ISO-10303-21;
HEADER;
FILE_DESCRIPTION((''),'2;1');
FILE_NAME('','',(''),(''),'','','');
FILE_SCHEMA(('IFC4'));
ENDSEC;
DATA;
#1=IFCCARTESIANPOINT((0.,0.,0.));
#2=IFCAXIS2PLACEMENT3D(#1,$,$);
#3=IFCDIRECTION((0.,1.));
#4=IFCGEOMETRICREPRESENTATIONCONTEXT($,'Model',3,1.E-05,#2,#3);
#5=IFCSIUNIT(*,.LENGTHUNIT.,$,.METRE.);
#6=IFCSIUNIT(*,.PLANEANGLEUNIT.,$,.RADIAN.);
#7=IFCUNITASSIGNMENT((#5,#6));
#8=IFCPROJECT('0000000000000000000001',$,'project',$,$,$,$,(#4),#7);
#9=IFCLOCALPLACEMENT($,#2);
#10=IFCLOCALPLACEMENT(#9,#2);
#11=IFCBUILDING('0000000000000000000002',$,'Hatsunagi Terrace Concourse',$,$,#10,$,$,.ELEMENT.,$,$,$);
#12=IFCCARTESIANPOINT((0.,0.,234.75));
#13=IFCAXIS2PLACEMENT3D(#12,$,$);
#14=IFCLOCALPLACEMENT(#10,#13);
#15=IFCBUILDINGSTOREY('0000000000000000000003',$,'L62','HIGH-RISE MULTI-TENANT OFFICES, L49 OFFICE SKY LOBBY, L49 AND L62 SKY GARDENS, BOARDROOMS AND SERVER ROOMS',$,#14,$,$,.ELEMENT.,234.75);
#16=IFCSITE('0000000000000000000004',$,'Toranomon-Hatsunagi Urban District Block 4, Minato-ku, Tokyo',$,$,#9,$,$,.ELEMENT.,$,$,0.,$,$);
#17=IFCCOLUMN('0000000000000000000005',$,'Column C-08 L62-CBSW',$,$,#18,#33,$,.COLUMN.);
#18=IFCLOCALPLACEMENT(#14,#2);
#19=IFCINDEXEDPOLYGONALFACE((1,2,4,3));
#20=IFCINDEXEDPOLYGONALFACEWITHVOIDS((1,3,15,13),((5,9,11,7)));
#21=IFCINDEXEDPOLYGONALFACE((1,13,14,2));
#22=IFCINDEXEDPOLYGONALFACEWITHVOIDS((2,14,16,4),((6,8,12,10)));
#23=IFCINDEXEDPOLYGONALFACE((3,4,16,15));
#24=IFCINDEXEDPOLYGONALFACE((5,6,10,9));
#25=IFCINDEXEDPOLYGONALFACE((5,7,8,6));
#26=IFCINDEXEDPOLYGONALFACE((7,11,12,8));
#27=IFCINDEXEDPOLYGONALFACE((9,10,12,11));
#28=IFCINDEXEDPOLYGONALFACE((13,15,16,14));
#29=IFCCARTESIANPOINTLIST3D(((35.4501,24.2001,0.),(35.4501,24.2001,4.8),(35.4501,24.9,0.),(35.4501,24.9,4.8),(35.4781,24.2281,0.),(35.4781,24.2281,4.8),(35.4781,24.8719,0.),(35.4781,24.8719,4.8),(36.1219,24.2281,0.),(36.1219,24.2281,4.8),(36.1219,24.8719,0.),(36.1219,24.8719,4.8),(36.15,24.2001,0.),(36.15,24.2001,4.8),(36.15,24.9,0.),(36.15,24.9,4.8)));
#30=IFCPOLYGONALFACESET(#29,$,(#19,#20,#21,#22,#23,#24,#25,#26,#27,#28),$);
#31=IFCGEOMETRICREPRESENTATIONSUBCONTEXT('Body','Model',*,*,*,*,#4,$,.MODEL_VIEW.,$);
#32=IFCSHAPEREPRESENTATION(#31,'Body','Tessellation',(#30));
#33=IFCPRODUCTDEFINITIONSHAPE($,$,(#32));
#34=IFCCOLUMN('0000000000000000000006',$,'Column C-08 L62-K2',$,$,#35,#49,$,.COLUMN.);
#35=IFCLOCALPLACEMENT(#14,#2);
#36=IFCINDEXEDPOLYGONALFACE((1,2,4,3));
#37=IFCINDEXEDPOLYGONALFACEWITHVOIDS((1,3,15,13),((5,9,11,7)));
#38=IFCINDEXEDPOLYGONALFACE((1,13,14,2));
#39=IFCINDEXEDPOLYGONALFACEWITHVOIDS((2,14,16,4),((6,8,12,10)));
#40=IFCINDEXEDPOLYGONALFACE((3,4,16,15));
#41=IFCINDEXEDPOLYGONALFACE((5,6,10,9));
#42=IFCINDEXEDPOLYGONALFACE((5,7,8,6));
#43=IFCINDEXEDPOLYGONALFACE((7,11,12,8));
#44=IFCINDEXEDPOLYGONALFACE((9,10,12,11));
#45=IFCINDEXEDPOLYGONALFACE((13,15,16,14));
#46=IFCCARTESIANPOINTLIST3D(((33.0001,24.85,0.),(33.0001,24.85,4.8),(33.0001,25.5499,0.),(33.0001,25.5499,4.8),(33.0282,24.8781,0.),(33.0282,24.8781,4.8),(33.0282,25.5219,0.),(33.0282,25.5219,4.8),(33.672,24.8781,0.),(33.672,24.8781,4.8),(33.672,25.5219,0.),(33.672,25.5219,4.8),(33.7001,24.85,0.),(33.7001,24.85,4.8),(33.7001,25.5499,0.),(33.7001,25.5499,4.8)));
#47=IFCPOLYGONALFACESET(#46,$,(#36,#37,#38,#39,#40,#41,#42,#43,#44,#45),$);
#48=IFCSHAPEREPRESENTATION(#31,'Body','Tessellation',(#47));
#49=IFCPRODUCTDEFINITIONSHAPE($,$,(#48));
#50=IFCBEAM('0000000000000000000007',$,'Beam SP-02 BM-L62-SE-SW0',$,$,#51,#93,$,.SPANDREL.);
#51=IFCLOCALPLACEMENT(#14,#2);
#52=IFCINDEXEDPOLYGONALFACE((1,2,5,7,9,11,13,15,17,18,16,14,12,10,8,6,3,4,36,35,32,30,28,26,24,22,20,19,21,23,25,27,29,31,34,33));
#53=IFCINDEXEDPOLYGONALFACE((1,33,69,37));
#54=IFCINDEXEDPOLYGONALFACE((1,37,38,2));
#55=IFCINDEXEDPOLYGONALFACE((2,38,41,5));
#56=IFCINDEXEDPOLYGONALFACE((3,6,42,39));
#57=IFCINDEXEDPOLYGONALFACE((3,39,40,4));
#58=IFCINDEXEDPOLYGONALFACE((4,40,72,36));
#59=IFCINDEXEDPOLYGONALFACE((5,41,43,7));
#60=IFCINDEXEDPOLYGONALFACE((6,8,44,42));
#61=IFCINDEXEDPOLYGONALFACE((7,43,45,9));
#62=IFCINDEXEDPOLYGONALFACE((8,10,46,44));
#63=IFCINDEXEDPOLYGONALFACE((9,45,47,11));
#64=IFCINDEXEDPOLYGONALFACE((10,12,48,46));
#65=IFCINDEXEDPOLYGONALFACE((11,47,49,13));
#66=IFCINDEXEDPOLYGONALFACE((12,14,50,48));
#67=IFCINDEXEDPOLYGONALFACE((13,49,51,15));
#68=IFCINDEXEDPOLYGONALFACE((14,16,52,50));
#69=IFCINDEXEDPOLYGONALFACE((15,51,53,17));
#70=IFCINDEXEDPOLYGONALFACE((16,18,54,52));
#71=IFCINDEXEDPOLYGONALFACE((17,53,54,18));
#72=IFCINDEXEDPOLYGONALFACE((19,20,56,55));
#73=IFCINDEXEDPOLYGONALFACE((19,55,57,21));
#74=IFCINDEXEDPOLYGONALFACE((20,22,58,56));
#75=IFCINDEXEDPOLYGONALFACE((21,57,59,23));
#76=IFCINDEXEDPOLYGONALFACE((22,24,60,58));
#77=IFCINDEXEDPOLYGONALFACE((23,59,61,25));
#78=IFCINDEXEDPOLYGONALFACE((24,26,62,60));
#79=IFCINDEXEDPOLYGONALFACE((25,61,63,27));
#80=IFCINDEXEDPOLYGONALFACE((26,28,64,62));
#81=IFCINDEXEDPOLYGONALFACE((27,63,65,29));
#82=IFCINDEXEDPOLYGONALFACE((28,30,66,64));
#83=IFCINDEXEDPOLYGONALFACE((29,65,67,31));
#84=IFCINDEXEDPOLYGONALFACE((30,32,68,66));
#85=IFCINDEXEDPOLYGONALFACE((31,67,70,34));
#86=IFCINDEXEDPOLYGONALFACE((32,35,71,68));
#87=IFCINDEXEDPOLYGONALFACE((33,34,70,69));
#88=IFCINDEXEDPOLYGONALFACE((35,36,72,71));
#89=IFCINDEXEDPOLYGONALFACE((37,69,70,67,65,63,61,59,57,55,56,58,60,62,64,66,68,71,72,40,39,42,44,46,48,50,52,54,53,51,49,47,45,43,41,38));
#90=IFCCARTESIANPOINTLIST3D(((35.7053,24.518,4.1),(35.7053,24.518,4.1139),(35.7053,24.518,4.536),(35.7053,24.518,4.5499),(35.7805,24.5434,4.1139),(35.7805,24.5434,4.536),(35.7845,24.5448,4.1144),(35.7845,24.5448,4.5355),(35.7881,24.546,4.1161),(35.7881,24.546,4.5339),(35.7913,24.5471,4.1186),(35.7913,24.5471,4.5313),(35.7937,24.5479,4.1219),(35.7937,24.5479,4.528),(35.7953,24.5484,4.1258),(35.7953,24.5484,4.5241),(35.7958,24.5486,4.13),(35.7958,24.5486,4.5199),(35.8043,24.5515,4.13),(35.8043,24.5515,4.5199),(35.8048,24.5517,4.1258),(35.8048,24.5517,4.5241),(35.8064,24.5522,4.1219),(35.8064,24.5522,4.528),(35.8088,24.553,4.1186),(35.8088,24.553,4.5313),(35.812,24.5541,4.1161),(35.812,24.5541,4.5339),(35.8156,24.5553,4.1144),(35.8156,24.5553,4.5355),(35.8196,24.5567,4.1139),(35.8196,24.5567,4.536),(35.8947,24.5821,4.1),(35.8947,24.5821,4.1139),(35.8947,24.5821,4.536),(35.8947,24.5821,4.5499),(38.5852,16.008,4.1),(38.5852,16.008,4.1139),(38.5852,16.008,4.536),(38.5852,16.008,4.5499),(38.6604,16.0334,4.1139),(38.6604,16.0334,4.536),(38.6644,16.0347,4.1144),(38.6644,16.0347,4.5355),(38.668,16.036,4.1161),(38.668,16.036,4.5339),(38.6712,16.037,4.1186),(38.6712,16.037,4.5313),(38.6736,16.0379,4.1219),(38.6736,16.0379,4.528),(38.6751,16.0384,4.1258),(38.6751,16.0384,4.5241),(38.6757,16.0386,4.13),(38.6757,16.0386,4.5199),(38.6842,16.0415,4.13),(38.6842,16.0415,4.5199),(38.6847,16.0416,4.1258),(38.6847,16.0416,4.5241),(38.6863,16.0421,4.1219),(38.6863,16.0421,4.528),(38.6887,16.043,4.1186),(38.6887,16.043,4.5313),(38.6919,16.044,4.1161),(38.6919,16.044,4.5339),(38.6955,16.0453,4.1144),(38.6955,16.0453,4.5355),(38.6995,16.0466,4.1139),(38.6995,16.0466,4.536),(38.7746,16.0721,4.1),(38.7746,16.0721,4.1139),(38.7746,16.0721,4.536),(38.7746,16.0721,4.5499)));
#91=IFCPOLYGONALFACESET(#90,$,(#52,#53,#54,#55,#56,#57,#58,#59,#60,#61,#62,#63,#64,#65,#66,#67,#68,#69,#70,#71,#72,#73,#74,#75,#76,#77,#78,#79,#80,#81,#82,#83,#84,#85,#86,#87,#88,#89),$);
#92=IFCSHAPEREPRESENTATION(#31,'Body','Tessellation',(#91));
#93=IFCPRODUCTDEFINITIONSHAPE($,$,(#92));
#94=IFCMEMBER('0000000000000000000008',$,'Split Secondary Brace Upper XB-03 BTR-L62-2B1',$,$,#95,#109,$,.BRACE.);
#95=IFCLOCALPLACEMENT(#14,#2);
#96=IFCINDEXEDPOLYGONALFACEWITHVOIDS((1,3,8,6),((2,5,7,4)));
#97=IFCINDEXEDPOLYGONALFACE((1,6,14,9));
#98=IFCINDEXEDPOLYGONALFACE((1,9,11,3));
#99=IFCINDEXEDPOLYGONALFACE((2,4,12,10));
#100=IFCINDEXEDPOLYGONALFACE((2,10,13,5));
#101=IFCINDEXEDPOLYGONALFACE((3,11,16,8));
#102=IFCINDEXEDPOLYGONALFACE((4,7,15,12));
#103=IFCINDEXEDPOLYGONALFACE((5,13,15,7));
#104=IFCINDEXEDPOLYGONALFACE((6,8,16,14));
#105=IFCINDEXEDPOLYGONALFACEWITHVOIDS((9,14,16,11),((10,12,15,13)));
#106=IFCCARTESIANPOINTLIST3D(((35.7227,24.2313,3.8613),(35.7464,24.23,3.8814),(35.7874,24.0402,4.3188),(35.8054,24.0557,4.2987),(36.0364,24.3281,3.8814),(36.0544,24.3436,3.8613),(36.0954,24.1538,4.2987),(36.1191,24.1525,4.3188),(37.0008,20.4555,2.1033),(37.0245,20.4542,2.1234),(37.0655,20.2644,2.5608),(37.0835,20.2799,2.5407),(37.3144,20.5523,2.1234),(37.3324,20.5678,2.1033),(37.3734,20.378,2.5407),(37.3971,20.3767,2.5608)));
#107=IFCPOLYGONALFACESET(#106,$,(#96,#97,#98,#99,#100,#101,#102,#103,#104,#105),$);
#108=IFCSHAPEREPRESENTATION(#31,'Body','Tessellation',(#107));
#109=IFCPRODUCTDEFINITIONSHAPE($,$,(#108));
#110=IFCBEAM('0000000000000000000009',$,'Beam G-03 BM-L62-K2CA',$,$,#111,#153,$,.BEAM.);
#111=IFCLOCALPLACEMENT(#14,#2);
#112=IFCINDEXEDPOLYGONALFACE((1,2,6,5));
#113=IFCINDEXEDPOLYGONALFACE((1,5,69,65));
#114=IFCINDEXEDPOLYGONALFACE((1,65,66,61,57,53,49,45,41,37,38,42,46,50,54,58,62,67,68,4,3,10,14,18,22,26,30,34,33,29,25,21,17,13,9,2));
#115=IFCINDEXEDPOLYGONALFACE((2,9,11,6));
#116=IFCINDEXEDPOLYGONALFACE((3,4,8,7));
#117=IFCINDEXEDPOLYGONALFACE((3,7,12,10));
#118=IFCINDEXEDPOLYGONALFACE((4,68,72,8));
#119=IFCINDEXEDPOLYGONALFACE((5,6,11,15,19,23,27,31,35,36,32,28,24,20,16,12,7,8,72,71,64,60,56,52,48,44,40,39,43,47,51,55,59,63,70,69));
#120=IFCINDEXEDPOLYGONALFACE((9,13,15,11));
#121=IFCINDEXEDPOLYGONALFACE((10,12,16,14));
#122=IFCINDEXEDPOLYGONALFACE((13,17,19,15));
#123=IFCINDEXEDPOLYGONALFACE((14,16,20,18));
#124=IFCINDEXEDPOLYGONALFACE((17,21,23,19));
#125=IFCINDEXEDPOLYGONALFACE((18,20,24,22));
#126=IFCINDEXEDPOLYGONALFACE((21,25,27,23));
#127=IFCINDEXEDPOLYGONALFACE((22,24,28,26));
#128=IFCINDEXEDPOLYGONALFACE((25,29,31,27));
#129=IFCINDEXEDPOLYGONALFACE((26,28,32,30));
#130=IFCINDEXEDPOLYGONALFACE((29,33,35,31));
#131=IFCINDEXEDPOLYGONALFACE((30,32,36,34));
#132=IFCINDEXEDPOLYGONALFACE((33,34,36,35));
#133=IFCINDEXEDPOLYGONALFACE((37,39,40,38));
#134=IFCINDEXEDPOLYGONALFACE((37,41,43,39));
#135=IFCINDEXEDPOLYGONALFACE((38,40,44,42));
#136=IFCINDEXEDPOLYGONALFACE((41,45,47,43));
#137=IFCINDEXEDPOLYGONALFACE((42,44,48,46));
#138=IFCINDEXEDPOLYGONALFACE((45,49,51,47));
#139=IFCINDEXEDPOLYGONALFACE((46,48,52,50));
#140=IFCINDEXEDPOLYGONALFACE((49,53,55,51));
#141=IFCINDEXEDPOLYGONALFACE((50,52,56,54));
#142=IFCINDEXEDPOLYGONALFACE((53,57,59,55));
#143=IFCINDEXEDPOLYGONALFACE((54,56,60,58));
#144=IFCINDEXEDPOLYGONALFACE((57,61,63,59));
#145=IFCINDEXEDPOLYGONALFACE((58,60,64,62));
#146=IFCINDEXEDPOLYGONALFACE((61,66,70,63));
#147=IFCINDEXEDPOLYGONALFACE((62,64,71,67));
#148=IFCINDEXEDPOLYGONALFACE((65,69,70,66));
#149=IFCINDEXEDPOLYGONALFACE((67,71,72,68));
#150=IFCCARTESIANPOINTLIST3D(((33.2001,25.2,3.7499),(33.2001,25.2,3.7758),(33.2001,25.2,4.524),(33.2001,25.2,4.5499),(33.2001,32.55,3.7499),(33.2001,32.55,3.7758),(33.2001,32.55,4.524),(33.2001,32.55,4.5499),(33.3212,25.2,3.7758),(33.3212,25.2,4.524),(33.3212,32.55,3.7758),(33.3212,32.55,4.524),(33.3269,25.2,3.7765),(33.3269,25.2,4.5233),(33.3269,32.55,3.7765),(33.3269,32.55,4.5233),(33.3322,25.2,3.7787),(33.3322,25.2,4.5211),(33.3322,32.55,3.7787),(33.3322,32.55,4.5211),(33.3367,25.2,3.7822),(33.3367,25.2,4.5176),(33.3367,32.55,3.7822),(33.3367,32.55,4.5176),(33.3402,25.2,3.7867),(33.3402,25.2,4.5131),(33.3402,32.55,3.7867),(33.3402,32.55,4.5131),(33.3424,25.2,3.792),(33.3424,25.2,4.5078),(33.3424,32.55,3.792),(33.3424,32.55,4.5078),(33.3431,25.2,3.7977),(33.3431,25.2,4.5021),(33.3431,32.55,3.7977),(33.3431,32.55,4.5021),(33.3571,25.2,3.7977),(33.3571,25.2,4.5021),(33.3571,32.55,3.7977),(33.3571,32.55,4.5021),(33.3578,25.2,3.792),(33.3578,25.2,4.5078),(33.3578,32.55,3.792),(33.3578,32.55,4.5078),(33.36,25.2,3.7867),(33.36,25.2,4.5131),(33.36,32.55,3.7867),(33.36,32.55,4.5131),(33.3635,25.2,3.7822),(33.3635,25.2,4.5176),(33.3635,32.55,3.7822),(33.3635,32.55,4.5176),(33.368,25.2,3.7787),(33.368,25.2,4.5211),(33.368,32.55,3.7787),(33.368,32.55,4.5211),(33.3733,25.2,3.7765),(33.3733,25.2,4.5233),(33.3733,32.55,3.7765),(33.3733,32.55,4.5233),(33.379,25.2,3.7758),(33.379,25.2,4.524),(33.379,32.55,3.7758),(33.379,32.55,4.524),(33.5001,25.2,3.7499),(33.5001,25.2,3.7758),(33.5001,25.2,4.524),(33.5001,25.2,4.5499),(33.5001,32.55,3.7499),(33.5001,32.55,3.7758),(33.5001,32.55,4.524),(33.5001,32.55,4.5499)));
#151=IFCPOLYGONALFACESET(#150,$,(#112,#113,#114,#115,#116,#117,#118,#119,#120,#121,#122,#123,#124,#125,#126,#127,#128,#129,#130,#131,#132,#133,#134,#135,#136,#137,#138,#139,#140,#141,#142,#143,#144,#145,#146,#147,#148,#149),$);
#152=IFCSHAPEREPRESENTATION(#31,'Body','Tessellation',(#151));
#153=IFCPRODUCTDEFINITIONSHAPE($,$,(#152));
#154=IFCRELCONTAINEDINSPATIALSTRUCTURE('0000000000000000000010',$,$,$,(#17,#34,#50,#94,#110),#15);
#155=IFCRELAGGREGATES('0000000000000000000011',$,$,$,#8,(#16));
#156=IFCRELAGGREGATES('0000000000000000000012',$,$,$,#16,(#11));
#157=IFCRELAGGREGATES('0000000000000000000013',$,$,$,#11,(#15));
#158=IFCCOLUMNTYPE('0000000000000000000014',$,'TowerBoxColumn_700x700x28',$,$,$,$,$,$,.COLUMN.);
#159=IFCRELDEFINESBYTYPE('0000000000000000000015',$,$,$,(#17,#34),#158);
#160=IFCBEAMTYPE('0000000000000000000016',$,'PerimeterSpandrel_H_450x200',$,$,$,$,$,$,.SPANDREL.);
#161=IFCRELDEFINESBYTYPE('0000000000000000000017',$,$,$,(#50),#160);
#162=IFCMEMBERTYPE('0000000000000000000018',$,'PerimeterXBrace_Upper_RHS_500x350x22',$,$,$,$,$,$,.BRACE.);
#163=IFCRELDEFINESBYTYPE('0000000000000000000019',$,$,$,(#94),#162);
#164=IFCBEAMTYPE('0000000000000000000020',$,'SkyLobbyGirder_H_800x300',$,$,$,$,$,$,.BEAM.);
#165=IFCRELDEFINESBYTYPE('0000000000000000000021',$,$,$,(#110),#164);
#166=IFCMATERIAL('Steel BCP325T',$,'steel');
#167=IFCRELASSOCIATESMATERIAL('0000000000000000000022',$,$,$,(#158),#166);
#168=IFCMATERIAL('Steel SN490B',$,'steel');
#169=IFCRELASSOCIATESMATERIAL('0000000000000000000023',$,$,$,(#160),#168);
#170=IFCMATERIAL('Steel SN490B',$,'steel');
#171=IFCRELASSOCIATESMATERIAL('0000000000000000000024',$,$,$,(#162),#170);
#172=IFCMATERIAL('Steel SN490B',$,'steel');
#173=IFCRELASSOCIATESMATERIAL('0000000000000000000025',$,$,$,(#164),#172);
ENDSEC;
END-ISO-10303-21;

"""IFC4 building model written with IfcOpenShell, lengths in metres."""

from ifc_helpers import new_model, si_unit, direction, frame, origin, origin_2d, place, context, subcontext, project, spatial, hollow_rectangle, i_section, extrude, material, material_profile, profile_set, type_object, element, save


model = new_model("IFC4")

# Units and contexts
model_context = context("Model", 3, precision=1e-05, world=origin(), true_north=direction((0.0, 1.0)))
body_context = subcontext(model_context, "Body", "Model", "MODEL_VIEW")
ifc_project = project(units=[si_unit("LENGTHUNIT", "METRE"), si_unit("PLANEANGLEUNIT", "RADIAN")], contexts=[model_context])

# Site, building, storey
site_placement = place(None, origin())
site = spatial("IfcSite", under=ifc_project, at=site_placement, Name="Toranomon-Hatsunagi Urban District Block 4, Minato-ku, Tokyo", CompositionType="ELEMENT", RefElevation=0.0)
building_placement = place(site_placement, origin())
building = spatial("IfcBuilding", under=site, at=building_placement, Name="Hatsunagi Terrace Concourse", CompositionType="ELEMENT")
storey_placement = place(building_placement, frame((0.0, 0.0, 234.75)))
storey = spatial("IfcBuildingStorey", under=building, at=storey_placement, Name="L62", Description="HIGH-RISE MULTI-TENANT OFFICES, L49 OFFICE SKY LOBBY, L49 AND L62 SKY GARDENS, BOARDROOMS AND SERVER ROOMS", CompositionType="ELEMENT", Elevation=234.75)

# Columns
ifc_material_1 = material(Name="Steel BCP325T", Category="steel")
ifc_material_profile_1 = material_profile(ifc_material_1, hollow_rectangle(XDim=0.7, YDim=0.7, WallThickness=0.0281, at=origin_2d()), Name="BCP-700x700x28")
ifc_profile_set_1 = profile_set([ifc_material_profile_1], Name="Steel BCP325T")
column_type = type_object("IfcColumnType", Name="TowerBoxColumn_700x700x28", PredefinedType="COLUMN", material=ifc_profile_set_1)
for number, where, z_axis, x_axis, name in (
    (1, (35.8, 24.55, 0.0), (0.0, 0.0, 1.0), (1.0, 0.0, 0.0), "Column C-08 L62-CBSW"),
    (2, (33.3501, 25.2, 0.0), (0.0, 0.0, 1.0), (1.0, 0.0, 0.0), "Column C-08 L62-K2"),
):
    element("IfcColumn", number, at=place(storey_placement, frame(where, z_axis=z_axis, x_axis=x_axis)), inside=storey, type_object=column_type, Name=name, PredefinedType="COLUMN", context=body_context, shape_type="SweptSolid", body=[
        extrude(hollow_rectangle(XDim=0.7, YDim=0.7, WallThickness=0.0281, at=origin_2d()), origin(), (0.0, 0.0, 1.0), 4.8),
    ])

# Beam
ifc_material_2 = material(Name="Steel SN490B", Category="steel")
ifc_material_profile_2 = material_profile(ifc_material_2, i_section(OverallWidth=0.2, OverallDepth=0.45, WebThickness=0.009, FlangeThickness=0.0139, FilletRadius=0.0161, at=origin_2d()), Name="H-450x200x9x14")
ifc_profile_set_2 = profile_set([ifc_material_profile_2], Name="Steel SN490B")
beam_type_1 = type_object("IfcBeamType", Name="PerimeterSpandrel_H_450x200", PredefinedType="SPANDREL", material=ifc_profile_set_2)
beam_1_placement = place(storey_placement, frame((35.8, 24.55, 4.325), z_axis=(0.320553, -0.94723, 0.0), x_axis=(0.94723, 0.320553, 0.0)))
element("IfcBeam", 3, at=beam_1_placement, inside=storey, type_object=beam_type_1, Name="Beam SP-02 BM-L62-SE-SW0", PredefinedType="SPANDREL", context=body_context, shape_type="SweptSolid", body=[
    extrude(i_section(OverallWidth=0.2, OverallDepth=0.45, WebThickness=0.009, FlangeThickness=0.0139, FilletRadius=0.0161, at=origin_2d()), origin(), (0.0, 0.0, 1.0), 8.9841),
])

# Member
ifc_material_3 = material(Name="Steel SN490B", Category="steel")
ifc_material_profile_3 = material_profile(ifc_material_3, hollow_rectangle(XDim=0.3501, YDim=0.5, WallThickness=0.022, at=origin_2d()), Name="RHS-500x350x22")
ifc_profile_set_3 = profile_set([ifc_material_profile_3], Name="Steel SN490B")
member_type = type_object("IfcMemberType", Name="PerimeterXBrace_Upper_RHS_500x350x22", PredefinedType="BRACE", material=ifc_profile_set_3)
member_placement = place(storey_placement, frame((35.9209, 24.1919, 4.0901), z_axis=(0.293354, -0.866668, -0.403522), x_axis=(0.947209, 0.320616, 0.0)))
element("IfcMember", 4, at=member_placement, inside=storey, type_object=member_type, Name="Split Secondary Brace Upper XB-03 BTR-L62-2B1", PredefinedType="BRACE", context=body_context, shape_type="SweptSolid", body=[
    extrude(hollow_rectangle(XDim=0.3501, YDim=0.5, WallThickness=0.022, at=origin_2d()), origin(), (0.0, 0.0, 1.0), 4.3567),
])

# Beam
ifc_material_4 = material(Name="Steel SN490B", Category="steel")
ifc_material_profile_4 = material_profile(ifc_material_4, i_section(OverallWidth=0.3, OverallDepth=0.8, WebThickness=0.0139, FlangeThickness=0.0259, FilletRadius=0.022, at=origin_2d()), Name="H-800x300x14x26")
ifc_profile_set_4 = profile_set([ifc_material_profile_4], Name="Steel SN490B")
beam_type_2 = type_object("IfcBeamType", Name="SkyLobbyGirder_H_800x300", PredefinedType="BEAM", material=ifc_profile_set_4)
beam_2_placement = place(storey_placement, frame((33.3501, 25.2, 4.1499), z_axis=(0.0, 1.0, 0.0), x_axis=(-1.0, 0.0, 0.0)))
element("IfcBeam", 5, at=beam_2_placement, inside=storey, type_object=beam_type_2, Name="Beam G-03 BM-L62-K2CA", PredefinedType="BEAM", context=body_context, shape_type="SweptSolid", body=[
    extrude(i_section(OverallWidth=0.3, OverallDepth=0.8, WebThickness=0.0139, FlangeThickness=0.0259, FilletRadius=0.022, at=origin_2d()), origin(), (0.0, 0.0, 1.0), 7.3501),
])

save(model, "model.ifc")
